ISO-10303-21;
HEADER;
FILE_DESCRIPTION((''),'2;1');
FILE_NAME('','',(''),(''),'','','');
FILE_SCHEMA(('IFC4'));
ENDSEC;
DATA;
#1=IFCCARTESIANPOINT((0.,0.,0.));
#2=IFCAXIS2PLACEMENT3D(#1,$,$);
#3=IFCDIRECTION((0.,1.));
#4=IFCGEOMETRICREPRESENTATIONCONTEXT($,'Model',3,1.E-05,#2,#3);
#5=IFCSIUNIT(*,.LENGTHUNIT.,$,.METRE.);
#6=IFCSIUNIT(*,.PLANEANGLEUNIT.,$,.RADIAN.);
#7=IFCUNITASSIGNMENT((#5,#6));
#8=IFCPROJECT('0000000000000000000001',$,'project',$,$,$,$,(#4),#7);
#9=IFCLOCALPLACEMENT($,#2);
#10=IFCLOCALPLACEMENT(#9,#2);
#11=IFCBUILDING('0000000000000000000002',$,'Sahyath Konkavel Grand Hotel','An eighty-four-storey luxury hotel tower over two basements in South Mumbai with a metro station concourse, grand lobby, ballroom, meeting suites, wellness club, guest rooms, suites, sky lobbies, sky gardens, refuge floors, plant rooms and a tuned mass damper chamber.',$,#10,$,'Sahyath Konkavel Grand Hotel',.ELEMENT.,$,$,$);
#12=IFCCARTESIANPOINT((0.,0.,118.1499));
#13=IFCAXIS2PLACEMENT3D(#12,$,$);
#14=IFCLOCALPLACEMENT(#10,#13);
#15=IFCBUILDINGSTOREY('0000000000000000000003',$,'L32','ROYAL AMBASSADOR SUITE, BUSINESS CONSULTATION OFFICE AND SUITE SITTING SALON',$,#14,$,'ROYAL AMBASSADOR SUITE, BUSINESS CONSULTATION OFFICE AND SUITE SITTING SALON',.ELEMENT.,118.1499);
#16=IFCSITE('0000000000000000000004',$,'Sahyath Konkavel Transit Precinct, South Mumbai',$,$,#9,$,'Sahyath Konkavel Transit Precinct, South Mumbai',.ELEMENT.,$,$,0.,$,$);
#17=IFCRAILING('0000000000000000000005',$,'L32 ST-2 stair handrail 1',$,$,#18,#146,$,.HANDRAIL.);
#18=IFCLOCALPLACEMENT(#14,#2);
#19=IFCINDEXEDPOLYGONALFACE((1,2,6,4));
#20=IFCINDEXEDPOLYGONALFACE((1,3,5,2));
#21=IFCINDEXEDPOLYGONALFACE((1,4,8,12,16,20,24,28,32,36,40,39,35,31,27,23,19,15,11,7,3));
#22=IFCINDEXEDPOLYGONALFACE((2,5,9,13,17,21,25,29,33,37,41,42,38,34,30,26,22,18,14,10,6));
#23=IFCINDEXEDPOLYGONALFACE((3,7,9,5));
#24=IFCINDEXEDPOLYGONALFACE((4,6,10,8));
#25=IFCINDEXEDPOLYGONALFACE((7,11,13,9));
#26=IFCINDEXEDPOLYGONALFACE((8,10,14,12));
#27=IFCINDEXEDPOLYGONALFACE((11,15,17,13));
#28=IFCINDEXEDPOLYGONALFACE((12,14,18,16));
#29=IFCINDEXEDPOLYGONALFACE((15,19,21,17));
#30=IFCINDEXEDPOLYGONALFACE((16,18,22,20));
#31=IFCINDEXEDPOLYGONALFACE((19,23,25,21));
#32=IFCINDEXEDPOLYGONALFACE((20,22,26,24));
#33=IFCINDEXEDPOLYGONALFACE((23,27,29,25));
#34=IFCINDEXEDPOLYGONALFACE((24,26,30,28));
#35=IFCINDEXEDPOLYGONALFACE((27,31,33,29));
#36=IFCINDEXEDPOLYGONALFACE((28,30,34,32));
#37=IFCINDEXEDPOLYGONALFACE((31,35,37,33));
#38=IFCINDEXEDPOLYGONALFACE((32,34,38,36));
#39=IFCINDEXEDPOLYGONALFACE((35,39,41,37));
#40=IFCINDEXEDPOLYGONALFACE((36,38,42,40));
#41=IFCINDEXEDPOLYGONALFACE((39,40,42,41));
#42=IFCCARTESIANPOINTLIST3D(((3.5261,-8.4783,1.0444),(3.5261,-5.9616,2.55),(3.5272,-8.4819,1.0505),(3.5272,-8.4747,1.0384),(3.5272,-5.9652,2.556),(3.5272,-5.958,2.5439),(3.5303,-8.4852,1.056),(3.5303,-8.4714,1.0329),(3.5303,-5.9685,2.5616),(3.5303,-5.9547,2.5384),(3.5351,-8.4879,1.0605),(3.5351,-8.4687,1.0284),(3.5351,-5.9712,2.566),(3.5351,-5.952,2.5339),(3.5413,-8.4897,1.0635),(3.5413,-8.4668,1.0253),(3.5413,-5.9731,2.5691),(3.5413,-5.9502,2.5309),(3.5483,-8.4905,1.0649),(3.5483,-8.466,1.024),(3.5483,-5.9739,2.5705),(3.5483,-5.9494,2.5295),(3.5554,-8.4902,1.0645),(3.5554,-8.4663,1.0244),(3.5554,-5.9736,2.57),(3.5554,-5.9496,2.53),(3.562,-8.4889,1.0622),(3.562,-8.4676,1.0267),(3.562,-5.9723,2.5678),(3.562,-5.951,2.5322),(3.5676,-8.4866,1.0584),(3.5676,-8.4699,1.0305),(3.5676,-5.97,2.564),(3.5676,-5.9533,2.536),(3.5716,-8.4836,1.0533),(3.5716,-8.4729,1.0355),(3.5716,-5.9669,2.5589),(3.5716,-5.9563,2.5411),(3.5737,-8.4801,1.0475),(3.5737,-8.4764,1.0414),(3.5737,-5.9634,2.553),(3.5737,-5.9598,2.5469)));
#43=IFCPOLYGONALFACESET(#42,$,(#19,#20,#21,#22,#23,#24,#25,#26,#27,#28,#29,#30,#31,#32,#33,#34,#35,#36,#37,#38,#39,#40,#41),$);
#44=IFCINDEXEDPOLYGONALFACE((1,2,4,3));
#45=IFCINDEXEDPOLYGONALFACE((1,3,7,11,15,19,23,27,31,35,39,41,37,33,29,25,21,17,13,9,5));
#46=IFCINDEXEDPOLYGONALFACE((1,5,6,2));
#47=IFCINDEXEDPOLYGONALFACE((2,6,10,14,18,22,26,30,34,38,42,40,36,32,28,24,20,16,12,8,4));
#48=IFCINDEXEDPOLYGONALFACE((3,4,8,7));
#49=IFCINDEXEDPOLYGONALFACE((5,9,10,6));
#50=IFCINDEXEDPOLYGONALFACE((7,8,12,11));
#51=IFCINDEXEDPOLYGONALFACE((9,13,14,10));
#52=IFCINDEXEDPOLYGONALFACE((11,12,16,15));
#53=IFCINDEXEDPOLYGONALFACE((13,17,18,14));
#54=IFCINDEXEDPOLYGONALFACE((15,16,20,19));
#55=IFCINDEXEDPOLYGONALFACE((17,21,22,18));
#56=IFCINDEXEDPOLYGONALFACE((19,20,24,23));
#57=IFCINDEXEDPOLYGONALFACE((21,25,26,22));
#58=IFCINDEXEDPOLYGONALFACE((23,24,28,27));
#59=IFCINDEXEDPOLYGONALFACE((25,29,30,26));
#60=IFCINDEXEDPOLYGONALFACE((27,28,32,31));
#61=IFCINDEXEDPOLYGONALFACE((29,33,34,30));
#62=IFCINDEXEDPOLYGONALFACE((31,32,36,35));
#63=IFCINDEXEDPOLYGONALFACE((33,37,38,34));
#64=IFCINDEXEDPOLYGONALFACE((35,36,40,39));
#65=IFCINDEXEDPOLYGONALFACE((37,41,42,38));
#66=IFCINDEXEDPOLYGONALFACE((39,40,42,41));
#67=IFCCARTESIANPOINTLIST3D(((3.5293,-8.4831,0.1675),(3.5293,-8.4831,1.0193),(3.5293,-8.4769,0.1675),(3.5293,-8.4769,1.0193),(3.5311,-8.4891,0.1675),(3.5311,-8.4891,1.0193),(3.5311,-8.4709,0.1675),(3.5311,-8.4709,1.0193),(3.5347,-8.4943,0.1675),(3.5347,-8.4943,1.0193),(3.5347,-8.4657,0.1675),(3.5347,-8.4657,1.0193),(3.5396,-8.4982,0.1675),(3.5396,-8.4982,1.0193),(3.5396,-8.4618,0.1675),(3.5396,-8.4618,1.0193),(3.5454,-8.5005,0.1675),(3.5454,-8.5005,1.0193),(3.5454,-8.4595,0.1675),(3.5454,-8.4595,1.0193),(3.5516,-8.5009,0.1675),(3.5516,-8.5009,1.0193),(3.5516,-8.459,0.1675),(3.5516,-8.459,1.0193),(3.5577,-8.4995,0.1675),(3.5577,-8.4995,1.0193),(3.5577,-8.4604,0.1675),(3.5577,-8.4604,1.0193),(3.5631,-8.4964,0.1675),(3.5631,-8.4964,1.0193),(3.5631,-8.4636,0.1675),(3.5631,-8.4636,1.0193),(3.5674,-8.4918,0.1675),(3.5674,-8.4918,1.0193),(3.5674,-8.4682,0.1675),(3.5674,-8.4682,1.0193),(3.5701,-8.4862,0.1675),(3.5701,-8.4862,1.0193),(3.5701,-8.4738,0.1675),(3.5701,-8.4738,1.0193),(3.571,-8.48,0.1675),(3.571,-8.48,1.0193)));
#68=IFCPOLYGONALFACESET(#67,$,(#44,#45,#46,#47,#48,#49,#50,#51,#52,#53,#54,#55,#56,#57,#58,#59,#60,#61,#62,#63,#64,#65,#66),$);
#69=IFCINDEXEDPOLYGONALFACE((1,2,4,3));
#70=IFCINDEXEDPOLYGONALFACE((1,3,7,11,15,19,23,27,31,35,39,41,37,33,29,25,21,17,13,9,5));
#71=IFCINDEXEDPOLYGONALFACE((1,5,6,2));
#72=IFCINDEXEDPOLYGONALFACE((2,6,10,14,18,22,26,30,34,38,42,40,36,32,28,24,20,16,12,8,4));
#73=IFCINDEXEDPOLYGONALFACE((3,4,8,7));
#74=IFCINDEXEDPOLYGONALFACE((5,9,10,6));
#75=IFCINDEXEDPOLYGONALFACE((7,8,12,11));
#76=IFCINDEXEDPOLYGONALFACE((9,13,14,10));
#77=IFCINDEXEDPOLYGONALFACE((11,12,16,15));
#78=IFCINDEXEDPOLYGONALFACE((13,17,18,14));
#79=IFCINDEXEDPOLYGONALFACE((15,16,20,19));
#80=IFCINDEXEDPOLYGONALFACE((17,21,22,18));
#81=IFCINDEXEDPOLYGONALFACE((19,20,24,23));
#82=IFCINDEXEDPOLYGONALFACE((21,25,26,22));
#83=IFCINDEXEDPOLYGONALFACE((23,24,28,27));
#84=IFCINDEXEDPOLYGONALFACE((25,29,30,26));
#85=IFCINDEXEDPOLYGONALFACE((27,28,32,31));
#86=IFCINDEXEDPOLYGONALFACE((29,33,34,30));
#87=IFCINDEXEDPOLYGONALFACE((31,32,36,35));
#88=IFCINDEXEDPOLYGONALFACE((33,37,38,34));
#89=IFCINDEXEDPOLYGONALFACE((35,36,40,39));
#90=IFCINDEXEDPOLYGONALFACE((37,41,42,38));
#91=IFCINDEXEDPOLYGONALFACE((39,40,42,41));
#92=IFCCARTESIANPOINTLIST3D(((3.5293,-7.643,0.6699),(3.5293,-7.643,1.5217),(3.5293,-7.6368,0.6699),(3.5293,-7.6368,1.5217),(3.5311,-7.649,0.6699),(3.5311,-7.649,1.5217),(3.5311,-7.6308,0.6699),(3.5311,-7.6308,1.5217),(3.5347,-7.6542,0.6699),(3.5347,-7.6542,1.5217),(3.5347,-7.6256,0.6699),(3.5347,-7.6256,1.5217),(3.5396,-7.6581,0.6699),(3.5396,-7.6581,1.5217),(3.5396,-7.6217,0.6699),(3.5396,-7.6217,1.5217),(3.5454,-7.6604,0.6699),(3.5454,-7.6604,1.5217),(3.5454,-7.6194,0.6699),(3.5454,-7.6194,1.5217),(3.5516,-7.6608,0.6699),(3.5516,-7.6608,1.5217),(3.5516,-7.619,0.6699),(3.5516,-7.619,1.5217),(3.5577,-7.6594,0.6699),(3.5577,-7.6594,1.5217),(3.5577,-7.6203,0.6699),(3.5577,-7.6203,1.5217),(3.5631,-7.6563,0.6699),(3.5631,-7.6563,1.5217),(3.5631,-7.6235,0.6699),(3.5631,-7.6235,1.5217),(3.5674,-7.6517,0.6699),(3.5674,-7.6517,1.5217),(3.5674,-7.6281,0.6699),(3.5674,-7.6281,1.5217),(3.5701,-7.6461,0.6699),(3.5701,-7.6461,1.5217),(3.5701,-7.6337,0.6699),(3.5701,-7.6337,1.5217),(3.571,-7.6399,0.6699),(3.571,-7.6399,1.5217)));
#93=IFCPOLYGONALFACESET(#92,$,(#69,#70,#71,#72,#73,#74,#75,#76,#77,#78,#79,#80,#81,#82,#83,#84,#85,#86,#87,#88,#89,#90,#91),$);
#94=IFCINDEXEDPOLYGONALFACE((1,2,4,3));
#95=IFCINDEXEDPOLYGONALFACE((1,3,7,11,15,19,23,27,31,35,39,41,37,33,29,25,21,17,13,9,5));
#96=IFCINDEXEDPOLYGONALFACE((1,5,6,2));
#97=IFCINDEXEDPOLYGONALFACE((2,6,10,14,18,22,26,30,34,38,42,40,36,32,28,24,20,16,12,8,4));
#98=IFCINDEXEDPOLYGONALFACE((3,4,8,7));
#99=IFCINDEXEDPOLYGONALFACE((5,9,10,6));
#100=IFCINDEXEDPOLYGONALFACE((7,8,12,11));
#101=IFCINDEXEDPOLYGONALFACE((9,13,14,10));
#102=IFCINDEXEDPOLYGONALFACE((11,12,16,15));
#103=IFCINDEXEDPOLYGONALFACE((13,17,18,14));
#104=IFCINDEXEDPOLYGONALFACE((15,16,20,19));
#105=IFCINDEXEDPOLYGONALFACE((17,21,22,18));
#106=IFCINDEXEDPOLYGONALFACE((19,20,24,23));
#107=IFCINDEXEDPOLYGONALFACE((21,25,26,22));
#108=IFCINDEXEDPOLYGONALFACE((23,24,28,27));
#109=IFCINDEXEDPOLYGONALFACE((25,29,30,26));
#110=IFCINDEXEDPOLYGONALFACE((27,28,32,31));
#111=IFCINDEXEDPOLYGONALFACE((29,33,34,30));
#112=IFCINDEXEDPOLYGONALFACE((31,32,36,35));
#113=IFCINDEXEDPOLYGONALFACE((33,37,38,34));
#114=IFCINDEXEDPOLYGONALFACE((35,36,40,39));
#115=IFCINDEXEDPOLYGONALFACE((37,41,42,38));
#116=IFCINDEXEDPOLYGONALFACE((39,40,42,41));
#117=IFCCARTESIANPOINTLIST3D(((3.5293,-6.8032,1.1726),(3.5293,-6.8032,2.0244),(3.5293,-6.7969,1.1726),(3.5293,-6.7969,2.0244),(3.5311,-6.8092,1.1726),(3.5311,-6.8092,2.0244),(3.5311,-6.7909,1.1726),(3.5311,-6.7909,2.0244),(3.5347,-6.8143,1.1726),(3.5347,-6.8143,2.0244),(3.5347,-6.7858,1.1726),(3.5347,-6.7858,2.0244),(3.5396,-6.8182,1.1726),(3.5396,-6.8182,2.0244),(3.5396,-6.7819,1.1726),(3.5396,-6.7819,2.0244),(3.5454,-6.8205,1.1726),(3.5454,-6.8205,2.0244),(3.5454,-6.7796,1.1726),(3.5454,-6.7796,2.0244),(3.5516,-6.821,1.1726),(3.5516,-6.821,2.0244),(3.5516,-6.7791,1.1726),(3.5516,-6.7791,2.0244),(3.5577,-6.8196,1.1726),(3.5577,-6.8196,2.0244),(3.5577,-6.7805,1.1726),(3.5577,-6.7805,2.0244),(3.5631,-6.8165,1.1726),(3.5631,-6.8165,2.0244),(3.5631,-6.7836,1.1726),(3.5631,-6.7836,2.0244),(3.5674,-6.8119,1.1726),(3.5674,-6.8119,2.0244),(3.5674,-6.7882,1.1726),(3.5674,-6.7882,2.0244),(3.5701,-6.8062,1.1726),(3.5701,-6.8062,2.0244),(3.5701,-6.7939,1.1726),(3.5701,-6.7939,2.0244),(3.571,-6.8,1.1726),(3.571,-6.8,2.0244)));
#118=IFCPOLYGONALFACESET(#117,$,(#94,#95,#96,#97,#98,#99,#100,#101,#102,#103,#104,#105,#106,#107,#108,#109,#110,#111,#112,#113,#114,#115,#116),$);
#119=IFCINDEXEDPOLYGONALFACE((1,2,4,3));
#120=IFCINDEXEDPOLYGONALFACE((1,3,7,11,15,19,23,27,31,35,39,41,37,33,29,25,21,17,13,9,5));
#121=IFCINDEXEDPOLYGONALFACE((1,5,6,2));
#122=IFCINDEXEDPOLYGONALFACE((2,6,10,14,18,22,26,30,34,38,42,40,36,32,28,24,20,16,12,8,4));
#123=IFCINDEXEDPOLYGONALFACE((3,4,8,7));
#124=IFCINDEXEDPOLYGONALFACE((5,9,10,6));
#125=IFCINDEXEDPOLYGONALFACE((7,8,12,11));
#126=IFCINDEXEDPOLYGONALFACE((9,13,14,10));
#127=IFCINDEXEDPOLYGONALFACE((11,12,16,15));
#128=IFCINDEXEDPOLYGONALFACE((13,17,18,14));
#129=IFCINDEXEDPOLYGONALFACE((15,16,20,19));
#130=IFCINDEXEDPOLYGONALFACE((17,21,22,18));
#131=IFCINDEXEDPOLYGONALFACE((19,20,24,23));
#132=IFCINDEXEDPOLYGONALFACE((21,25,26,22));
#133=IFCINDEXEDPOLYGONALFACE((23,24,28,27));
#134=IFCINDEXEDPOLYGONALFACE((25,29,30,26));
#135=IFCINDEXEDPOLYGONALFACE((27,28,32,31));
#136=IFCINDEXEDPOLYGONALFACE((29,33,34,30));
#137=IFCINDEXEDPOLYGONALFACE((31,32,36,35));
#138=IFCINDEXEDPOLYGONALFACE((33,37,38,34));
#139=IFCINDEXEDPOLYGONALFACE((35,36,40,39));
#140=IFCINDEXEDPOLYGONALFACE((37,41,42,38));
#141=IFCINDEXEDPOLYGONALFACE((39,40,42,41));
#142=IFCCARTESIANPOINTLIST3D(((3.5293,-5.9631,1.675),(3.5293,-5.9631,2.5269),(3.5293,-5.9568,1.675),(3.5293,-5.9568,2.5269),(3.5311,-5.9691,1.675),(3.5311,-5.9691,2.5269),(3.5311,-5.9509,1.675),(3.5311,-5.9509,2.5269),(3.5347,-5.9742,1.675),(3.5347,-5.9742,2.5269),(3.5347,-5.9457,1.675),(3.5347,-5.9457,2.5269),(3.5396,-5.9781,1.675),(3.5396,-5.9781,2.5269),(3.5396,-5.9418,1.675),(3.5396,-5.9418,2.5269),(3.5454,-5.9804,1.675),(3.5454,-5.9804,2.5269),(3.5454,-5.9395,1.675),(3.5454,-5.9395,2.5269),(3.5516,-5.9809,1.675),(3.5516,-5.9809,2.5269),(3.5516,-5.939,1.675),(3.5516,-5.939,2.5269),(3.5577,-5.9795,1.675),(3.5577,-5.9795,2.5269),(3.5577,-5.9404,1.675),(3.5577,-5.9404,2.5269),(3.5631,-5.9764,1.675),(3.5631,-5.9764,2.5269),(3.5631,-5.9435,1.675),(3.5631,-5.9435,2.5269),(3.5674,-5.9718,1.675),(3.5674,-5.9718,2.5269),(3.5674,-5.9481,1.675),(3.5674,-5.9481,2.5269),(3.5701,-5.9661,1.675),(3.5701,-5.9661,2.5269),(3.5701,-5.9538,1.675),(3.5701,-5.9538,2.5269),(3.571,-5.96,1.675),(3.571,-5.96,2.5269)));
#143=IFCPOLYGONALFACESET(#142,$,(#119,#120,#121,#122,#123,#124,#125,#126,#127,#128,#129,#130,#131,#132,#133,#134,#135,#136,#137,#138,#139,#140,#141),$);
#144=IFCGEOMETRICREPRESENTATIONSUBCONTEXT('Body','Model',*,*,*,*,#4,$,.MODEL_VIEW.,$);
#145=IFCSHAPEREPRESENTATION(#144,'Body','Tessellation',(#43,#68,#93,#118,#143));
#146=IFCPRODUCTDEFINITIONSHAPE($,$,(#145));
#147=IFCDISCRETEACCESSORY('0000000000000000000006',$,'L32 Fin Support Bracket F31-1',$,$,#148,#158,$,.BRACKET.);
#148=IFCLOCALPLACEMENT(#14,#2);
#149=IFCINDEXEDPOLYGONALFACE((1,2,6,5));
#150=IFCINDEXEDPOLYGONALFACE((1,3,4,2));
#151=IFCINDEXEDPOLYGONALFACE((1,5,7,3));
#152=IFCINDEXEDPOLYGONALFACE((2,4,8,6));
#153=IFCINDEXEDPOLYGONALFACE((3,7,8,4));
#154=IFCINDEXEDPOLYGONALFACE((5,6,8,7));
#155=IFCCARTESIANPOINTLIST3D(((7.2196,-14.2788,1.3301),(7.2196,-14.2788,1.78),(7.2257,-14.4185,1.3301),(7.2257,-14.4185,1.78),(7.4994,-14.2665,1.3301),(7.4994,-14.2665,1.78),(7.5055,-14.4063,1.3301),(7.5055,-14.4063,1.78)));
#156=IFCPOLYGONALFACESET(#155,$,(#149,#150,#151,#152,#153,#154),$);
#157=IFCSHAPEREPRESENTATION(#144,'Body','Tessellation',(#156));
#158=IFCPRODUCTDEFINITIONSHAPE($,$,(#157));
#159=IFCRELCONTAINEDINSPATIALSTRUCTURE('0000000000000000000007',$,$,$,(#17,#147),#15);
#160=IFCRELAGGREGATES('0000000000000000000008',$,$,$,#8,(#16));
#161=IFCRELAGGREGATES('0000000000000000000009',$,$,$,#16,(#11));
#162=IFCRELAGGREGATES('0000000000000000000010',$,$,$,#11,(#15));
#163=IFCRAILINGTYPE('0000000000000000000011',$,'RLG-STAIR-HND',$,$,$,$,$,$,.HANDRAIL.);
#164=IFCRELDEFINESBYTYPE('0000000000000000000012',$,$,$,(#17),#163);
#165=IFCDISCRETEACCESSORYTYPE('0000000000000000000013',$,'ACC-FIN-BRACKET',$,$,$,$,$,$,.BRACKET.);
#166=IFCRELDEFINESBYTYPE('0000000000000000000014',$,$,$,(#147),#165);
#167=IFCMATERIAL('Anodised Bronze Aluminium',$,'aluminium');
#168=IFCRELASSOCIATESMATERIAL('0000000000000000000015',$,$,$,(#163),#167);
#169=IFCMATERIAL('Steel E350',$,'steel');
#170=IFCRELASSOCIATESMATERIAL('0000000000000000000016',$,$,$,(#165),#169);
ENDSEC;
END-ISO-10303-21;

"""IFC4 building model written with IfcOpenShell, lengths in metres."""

from ifc_helpers import new_model, si_unit, direction, frame, origin, origin_2d, place, context, subcontext, project, spatial, rectangle, circle, extrude, source, transform, mapped, material, type_object, element, save


model = new_model("IFC4")

# Units and contexts
model_context = context("Model", 3, precision=1e-05, world=origin(), true_north=direction((0.0, 1.0)))
body_context = subcontext(model_context, "Body", "Model", "MODEL_VIEW")
ifc_project = project(units=[si_unit("LENGTHUNIT", "METRE"), si_unit("PLANEANGLEUNIT", "RADIAN")], contexts=[model_context])

# Site, building, storey
site_placement = place(None, origin())
site = spatial("IfcSite", under=ifc_project, at=site_placement, Name="Sahyath Konkavel Transit Precinct, South Mumbai", LongName="Sahyath Konkavel Transit Precinct, South Mumbai", CompositionType="ELEMENT", RefElevation=0.0)
building_placement = place(site_placement, origin())
building = spatial("IfcBuilding", under=site, at=building_placement, Name="Sahyath Konkavel Grand Hotel", Description="An eighty-four-storey luxury hotel tower over two basements in South Mumbai with a metro station concourse, grand lobby, ballroom, meeting suites, wellness club, guest rooms, suites, sky lobbies, sky gardens, refuge floors, plant rooms and a tuned mass damper chamber.", LongName="Sahyath Konkavel Grand Hotel", CompositionType="ELEMENT")
storey_placement = place(building_placement, frame((0.0, 0.0, 118.1499)))
storey = spatial("IfcBuildingStorey", under=building, at=storey_placement, Name="L32", Description="ROYAL AMBASSADOR SUITE, BUSINESS CONSULTATION OFFICE AND SUITE SITTING SALON", LongName="ROYAL AMBASSADOR SUITE, BUSINESS CONSULTATION OFFICE AND SUITE SITTING SALON", CompositionType="ELEMENT", Elevation=118.1499)

# Shared definitions
ifc_material_1 = material(Name="Steel E350", Category="steel")

# Shared definitions
ifc_material_2 = material(Name="Anodised Bronze Aluminium", Category="aluminium")

# Railing
railing_type_1 = type_object("IfcRailingType", Name="RLG-STAIR-HND", PredefinedType="HANDRAIL", material=ifc_material_2)
railing_1_placement = place(storey_placement, frame((3.55, -8.48, 0.1675)))
element("IfcRailing", 1, at=railing_1_placement, inside=storey, type_object=railing_type_1, Name="L32 ST-2 stair handrail 1", PredefinedType="HANDRAIL", context=body_context, shape_type="SweptSolid", body=[
    extrude(circle(Radius=0.0239, at=origin_2d()), frame((0.0, 0.0017, 0.877), z_axis=(0.0, 0.85816, 0.513383), x_axis=(-1.0, 0.0, 0.0)), (0.0, 0.0, 1.0), 2.9326),
    extrude(circle(Radius=0.021, at=origin_2d()), origin(), (0.0, 0.0, 1.0), 0.8518),
    extrude(circle(Radius=0.021, at=origin_2d()), frame((0.0, 0.8401, 0.5024)), (0.0, 0.0, 1.0), 0.8518),
    extrude(circle(Radius=0.021, at=origin_2d()), frame((0.0, 1.6799, 1.0051)), (0.0, 0.0, 1.0), 0.8518),
    extrude(circle(Radius=0.021, at=origin_2d()), frame((0.0, 2.52, 1.5076)), (0.0, 0.0, 1.0), 0.8518),
])

# Discrete accessory
discrete_accessory_type = type_object("IfcDiscreteAccessoryType", Name="ACC-FIN-BRACKET", PredefinedType="BRACKET", material=ifc_material_1)
shared_shape_1 = source(origin(), body_context, "Body", "SweptSolid", [
    extrude(rectangle(XDim=0.28, YDim=0.1399, at=origin_2d()), origin(), (0.0, 0.0, 1.0), 0.45),
])
discrete_accessory_placement = place(storey_placement, frame((7.3625, -14.3425, 1.3301), z_axis=(0.0, 0.0, 1.0), x_axis=(0.999048, 0.043619, 0.0)))
element("IfcDiscreteAccessory", 2, at=discrete_accessory_placement, inside=storey, type_object=discrete_accessory_type, Name="L32 Fin Support Bracket F31-1", PredefinedType="BRACKET", context=body_context, shape_type="MappedRepresentation", body=[
    mapped(shared_shape_1, transform((0.0, 0.0, 0.0), scale=1.0)),
])

save(model, "model.ifc")
